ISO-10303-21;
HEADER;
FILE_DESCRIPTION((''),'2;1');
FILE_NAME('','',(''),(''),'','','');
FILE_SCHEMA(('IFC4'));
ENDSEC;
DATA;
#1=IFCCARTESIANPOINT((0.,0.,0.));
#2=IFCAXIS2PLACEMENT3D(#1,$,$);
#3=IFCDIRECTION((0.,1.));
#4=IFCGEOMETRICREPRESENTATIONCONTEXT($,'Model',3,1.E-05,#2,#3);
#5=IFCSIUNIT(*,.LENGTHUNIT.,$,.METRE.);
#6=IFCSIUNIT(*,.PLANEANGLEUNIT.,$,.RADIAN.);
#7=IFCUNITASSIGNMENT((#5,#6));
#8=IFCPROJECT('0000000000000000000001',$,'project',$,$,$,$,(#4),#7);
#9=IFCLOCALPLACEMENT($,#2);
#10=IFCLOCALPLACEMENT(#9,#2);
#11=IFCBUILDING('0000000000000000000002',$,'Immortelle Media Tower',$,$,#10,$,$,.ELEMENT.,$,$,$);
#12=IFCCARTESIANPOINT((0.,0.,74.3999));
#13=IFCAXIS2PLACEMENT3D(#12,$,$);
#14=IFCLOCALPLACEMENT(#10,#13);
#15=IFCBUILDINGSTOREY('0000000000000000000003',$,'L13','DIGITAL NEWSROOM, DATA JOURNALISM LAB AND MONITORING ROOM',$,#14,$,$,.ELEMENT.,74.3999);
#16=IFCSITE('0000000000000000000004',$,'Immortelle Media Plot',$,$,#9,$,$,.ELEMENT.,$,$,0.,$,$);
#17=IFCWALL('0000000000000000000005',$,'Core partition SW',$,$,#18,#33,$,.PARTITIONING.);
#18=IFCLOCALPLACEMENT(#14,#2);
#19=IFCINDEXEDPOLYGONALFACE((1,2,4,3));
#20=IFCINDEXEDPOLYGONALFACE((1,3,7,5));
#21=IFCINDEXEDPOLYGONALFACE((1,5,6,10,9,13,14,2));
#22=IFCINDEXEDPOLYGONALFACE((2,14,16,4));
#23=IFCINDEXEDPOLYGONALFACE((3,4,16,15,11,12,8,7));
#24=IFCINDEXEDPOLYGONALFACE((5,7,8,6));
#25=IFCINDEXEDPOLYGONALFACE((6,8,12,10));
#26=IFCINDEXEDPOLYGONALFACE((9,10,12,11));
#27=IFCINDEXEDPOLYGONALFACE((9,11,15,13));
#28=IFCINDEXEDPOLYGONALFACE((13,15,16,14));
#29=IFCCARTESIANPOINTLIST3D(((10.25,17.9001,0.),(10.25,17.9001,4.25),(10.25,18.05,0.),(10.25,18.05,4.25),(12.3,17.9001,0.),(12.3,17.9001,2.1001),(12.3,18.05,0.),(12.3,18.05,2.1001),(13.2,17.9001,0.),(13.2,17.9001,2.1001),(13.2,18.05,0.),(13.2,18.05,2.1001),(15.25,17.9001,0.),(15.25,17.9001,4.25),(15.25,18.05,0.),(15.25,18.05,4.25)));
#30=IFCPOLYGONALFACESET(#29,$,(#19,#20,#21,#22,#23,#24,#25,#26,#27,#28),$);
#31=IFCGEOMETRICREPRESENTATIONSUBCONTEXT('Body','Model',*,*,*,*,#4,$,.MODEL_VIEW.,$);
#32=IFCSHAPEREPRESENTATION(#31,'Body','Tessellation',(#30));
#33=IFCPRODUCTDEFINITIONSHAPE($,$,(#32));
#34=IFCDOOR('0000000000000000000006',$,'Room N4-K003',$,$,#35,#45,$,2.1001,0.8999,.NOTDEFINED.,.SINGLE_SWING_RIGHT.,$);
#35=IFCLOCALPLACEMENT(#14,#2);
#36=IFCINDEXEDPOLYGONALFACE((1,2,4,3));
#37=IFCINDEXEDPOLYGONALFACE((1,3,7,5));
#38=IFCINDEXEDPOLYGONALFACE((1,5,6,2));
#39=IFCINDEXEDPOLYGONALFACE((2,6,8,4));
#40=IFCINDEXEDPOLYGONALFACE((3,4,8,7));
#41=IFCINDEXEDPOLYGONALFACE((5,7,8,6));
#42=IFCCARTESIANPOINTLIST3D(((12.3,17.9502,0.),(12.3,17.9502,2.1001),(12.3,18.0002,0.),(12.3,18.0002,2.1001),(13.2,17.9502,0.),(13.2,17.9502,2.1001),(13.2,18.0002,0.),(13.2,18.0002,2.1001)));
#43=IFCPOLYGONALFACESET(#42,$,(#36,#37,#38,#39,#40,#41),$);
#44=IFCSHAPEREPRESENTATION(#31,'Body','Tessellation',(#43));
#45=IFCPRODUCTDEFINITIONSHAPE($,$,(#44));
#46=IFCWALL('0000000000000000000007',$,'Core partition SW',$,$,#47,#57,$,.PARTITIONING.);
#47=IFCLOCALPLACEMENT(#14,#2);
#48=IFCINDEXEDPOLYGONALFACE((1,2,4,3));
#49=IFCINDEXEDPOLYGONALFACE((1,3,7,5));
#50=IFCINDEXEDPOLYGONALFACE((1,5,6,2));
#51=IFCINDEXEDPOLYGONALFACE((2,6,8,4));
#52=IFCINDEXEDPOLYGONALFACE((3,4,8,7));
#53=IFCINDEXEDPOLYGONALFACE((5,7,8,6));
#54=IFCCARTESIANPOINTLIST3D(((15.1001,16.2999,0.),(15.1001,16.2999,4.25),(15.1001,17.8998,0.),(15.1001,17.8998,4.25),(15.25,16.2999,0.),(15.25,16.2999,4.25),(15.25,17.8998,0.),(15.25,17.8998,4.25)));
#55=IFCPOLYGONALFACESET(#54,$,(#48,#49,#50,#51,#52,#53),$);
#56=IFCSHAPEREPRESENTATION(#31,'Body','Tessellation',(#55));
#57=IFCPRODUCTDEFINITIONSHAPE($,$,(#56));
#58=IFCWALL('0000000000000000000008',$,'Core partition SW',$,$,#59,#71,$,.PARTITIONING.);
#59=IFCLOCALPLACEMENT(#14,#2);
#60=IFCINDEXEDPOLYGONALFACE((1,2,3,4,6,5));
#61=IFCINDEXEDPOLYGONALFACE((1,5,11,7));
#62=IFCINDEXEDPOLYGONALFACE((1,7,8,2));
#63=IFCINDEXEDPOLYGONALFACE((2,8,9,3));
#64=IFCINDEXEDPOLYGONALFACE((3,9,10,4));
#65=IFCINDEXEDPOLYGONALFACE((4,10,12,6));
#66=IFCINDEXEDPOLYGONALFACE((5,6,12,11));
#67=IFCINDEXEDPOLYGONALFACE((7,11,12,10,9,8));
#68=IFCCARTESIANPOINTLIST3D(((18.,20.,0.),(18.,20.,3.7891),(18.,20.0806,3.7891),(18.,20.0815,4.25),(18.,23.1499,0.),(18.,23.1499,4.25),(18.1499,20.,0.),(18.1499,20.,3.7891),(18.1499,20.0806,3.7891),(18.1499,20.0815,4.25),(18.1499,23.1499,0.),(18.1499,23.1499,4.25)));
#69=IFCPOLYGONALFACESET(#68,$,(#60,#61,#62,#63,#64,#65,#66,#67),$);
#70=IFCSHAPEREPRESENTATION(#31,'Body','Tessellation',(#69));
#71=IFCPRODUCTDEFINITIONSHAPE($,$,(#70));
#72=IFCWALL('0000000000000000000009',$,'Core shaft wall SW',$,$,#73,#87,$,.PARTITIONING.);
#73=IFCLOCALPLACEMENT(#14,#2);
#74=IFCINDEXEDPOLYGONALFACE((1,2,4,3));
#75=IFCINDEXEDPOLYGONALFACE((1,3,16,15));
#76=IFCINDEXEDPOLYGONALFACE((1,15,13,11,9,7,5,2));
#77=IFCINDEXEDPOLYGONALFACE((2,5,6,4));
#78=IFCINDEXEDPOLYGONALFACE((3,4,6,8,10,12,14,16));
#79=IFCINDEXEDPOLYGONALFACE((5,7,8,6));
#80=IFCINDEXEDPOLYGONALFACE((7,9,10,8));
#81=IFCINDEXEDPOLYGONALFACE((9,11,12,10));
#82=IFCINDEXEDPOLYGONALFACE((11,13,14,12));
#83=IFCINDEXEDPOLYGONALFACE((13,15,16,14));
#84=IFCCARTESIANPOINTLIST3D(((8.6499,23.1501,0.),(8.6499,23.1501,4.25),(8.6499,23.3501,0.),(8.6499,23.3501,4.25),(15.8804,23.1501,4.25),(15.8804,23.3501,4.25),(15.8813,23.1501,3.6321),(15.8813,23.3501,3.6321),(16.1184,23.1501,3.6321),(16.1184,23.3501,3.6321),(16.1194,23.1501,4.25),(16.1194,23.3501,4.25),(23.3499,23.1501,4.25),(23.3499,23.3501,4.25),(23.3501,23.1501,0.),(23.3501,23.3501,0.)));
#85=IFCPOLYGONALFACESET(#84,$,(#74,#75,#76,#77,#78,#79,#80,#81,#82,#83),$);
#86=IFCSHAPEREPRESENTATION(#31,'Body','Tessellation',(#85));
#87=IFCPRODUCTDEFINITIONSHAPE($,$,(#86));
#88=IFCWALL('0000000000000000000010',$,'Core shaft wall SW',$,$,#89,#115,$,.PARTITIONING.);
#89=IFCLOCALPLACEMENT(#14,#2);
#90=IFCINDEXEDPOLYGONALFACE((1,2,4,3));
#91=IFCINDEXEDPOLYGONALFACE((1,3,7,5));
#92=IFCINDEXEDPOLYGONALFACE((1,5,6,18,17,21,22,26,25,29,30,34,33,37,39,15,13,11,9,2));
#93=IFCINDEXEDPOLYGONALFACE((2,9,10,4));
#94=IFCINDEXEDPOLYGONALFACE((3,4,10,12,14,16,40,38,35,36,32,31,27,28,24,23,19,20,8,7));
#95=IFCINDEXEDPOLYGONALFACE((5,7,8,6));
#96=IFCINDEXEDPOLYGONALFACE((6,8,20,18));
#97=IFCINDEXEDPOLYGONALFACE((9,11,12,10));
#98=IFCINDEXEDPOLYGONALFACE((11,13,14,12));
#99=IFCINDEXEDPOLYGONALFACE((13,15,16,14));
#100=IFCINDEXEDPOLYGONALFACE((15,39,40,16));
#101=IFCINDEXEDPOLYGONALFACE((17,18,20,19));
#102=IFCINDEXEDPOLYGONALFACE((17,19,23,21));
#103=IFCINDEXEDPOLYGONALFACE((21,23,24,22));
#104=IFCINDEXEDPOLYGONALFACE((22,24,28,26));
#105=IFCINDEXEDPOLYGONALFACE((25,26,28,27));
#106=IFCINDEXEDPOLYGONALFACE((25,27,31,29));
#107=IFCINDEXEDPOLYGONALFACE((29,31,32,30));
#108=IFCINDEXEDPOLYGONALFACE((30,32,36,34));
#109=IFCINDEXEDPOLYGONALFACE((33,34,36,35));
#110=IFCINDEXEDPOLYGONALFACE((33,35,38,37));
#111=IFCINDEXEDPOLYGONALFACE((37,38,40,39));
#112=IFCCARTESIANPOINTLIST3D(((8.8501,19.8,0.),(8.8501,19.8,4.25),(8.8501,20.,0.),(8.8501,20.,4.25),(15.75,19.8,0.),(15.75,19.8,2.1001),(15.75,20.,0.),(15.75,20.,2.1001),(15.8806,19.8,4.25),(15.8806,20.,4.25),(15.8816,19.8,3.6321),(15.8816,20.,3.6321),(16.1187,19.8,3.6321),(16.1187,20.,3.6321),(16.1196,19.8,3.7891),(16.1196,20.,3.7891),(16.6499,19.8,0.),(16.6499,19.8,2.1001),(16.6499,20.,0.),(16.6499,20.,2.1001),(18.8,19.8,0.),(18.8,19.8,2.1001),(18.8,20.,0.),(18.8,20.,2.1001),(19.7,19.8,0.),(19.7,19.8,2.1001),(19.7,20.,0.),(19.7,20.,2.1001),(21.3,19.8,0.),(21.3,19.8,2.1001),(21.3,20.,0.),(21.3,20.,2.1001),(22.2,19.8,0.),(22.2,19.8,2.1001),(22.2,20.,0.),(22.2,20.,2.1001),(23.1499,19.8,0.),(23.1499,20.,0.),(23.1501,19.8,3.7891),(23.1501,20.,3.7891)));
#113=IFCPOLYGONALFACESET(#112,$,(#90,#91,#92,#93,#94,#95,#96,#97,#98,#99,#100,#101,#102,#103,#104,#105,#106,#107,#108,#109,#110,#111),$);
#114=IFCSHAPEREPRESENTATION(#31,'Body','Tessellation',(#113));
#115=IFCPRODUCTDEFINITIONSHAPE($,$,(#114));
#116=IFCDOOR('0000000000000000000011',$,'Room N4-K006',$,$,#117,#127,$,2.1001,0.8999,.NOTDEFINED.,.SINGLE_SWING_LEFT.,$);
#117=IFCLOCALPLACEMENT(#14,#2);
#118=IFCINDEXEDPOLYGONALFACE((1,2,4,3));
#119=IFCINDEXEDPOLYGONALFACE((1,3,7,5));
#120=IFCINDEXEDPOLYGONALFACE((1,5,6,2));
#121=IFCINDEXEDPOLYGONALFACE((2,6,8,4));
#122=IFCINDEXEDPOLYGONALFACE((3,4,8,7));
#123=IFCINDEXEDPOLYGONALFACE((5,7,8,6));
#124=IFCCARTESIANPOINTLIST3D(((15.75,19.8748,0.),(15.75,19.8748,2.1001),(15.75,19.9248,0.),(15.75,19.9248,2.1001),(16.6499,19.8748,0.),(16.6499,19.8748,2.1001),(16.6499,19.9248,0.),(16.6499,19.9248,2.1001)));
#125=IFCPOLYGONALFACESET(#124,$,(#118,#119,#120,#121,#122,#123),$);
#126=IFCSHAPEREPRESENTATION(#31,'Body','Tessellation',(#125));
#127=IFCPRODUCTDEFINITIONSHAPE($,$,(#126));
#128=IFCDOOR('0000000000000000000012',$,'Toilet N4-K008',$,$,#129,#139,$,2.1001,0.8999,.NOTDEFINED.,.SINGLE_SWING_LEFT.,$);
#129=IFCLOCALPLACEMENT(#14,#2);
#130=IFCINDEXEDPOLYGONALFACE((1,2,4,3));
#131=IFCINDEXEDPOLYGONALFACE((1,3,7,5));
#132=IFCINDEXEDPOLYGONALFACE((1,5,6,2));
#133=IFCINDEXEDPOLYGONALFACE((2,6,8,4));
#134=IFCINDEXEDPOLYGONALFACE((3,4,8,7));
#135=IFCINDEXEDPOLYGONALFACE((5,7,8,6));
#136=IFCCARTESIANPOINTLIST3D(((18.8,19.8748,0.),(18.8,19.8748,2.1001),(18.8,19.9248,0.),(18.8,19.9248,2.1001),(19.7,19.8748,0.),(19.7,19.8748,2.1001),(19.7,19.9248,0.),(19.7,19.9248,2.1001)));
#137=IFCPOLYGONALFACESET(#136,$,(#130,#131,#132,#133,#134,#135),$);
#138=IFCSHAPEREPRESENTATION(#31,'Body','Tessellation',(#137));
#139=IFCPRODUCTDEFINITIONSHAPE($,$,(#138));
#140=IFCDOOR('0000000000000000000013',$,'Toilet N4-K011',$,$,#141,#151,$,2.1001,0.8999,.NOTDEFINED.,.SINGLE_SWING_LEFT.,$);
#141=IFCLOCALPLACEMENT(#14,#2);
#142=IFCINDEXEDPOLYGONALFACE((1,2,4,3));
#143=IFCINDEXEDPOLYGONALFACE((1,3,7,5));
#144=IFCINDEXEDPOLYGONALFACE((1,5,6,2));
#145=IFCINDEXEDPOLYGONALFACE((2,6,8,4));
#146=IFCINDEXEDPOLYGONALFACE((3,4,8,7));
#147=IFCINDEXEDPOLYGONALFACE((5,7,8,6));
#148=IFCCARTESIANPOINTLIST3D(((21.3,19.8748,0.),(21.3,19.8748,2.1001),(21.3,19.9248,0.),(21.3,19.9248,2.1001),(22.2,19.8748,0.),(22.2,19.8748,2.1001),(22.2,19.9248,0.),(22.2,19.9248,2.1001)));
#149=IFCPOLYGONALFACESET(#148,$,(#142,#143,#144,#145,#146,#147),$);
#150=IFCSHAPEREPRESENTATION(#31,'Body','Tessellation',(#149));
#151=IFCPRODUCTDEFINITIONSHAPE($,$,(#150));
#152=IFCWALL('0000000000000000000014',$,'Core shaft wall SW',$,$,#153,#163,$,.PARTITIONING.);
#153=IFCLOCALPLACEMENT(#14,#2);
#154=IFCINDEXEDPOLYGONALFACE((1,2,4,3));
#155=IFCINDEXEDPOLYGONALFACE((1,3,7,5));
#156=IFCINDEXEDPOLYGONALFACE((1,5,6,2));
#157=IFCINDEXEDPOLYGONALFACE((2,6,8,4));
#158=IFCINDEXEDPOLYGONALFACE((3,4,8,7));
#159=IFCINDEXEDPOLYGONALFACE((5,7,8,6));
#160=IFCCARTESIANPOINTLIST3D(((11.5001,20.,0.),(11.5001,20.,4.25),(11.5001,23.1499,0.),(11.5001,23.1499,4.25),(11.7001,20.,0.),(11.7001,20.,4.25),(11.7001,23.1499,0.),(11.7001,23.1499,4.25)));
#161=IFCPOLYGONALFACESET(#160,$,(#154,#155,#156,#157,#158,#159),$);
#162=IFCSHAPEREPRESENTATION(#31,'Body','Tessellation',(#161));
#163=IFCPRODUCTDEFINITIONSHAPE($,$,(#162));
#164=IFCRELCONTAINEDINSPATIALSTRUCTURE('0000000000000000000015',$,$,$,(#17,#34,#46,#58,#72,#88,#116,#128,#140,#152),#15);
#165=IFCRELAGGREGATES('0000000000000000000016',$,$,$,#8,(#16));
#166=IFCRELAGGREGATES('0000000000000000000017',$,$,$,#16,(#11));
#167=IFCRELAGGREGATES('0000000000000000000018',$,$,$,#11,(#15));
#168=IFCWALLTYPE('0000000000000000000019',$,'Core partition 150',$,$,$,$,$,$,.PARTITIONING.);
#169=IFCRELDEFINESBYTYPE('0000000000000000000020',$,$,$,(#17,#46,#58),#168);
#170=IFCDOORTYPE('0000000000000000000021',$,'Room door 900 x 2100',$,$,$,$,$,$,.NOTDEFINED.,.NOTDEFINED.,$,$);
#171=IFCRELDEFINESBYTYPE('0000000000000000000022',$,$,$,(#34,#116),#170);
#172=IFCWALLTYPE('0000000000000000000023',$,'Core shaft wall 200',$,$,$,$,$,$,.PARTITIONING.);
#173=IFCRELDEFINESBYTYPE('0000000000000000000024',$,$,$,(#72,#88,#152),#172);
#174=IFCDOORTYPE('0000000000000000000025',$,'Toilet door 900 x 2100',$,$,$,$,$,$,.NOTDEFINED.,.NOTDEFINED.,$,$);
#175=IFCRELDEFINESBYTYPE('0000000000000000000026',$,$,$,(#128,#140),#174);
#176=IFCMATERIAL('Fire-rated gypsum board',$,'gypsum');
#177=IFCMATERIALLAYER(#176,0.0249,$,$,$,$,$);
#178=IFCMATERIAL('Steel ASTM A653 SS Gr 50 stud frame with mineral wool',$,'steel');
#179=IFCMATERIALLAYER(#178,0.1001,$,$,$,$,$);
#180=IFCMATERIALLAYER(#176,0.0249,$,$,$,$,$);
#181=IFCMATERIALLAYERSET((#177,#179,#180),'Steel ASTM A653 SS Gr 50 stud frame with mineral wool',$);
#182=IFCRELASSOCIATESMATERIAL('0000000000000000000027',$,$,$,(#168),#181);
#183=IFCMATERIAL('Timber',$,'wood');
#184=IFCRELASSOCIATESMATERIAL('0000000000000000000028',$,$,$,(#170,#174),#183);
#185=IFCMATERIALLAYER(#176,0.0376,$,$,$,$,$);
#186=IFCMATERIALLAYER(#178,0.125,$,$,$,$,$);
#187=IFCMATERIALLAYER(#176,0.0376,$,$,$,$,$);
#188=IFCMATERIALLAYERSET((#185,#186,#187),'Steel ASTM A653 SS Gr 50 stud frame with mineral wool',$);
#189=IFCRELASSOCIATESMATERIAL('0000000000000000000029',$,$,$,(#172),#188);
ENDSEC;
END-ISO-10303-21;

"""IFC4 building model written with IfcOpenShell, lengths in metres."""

from ifc_helpers import new_model, si_unit, direction, frame, frame_2d, origin, place, context, subcontext, project, spatial, polyline, rectangle, outline, extrude, material, layer, layer_set, type_object, element, fill, save


model = new_model("IFC4")

# Units and contexts
model_context = context("Model", 3, precision=1e-05, world=origin(), true_north=direction((0.0, 1.0)))
body_context = subcontext(model_context, "Body", "Model", "MODEL_VIEW")
ifc_project = project(units=[si_unit("LENGTHUNIT", "METRE"), si_unit("PLANEANGLEUNIT", "RADIAN")], contexts=[model_context])

# Site, building, storey
site_placement = place(None, origin())
site = spatial("IfcSite", under=ifc_project, at=site_placement, Name="Immortelle Media Plot", CompositionType="ELEMENT", RefElevation=0.0)
building_placement = place(site_placement, origin())
building = spatial("IfcBuilding", under=site, at=building_placement, Name="Immortelle Media Tower", CompositionType="ELEMENT")
storey_placement = place(building_placement, frame((0.0, 0.0, 74.3999)))
storey = spatial("IfcBuildingStorey", under=building, at=storey_placement, Name="L13", Description="DIGITAL NEWSROOM, DATA JOURNALISM LAB AND MONITORING ROOM", CompositionType="ELEMENT", Elevation=74.3999)

# Shared definitions
ifc_material_1 = material(Name="Fire-rated gypsum board", Category="gypsum")
ifc_layer_1 = layer(ifc_material_1, 0.0249)
ifc_material_2 = material(Name="Steel ASTM A653 SS Gr 50 stud frame with mineral wool", Category="steel")
ifc_layer_2 = layer(ifc_material_2, 0.1001)
ifc_layer_3 = layer(ifc_material_1, 0.0249)
ifc_layer_set_1 = layer_set([ifc_layer_1, ifc_layer_2, ifc_layer_3], Name="Steel ASTM A653 SS Gr 50 stud frame with mineral wool")
wall_type_1 = type_object("IfcWallType", Name="Core partition 150", PredefinedType="PARTITIONING", material=ifc_layer_set_1)

# Wall, opening, door
wall_1_placement = place(storey_placement, frame((10.25, 17.9751, 0.0), z_axis=(0.0, 0.0, 1.0), x_axis=(1.0, 0.0, 0.0)))
wall_1 = element("IfcWall", 1, at=wall_1_placement, inside=storey, type_object=wall_type_1, Name="Core partition SW", PredefinedType="PARTITIONING", context=body_context, shape_type="SweptSolid", body=[
    extrude(rectangle(XDim=5.0, YDim=0.1499, at=frame_2d((2.5, 0.0))), origin(), (0.0, 0.0, 1.0), 4.25),
])
opening_1_placement = place(wall_1_placement, frame((2.95, 0.0, 0.0), z_axis=(0.0, 0.0, 1.0), x_axis=(-1.0, 0.0, 0.0)))
opening_1 = element("IfcOpeningElement", 2, at=opening_1_placement, cuts=wall_1, PredefinedType="OPENING", context=body_context, shape_type="SweptSolid", body=[
    extrude(rectangle(XDim=0.8999, YDim=2.1001, at=frame_2d((0.45, 1.05))), frame((0.0, 0.085, 0.0), z_axis=(0.0, -1.0, 0.0), x_axis=(1.0, 0.0, 0.0)), (0.0, 0.0, 1.0), 0.1699),
])
ifc_material_3 = material(Name="Timber", Category="wood")
door_type_1 = type_object("IfcDoorType", Name="Room door 900 x 2100", OperationType="NOTDEFINED", PredefinedType="NOTDEFINED", material=ifc_material_3)
door_1_placement = place(opening_1_placement, origin())
door_1 = element("IfcDoor", 3, at=door_1_placement, inside=storey, type_object=door_type_1, Name="Room N4-K003", OperationType="SINGLE_SWING_RIGHT", OverallHeight=2.1001, OverallWidth=0.8999, PredefinedType="NOTDEFINED", context=body_context, shape_type="SweptSolid", body=[
    extrude(rectangle(XDim=0.8999, YDim=2.1001, at=frame_2d((0.45, 1.05))), frame((0.0, 0.0249, 0.0), z_axis=(0.0, -1.0, 0.0), x_axis=(1.0, 0.0, 0.0)), (0.0, 0.0, 1.0), 0.05),
])
fill(opening_1, door_1)

# Walls
wall_2_placement = place(storey_placement, frame((15.175, 16.3, 0.0), z_axis=(0.0, 0.0, 1.0), x_axis=(0.0, 1.0, 0.0)))
element("IfcWall", 4, at=wall_2_placement, inside=storey, type_object=wall_type_1, Name="Core partition SW", PredefinedType="PARTITIONING", context=body_context, shape_type="SweptSolid", body=[
    extrude(rectangle(XDim=1.5999, YDim=0.1499, at=frame_2d((0.7998, 0.0))), origin(), (0.0, 0.0, 1.0), 4.25),
])
wall_3_placement = place(storey_placement, frame((18.075, 20.0, 0.0), z_axis=(0.0, 0.0, 1.0), x_axis=(0.0, 1.0, 0.0)))
element("IfcWall", 5, at=wall_3_placement, inside=storey, type_object=wall_type_1, Name="Core partition SW", PredefinedType="PARTITIONING", context=body_context, shape_type="SweptSolid", body=[
    extrude(outline(polyline([(0.0, 0.0), (3.1499, 0.0), (3.1499, 4.25), (0.0815, 4.25), (0.0806, 3.7891), (0.0, 3.7891), (0.0, 0.0)])), frame((0.0, 0.075, 0.0), z_axis=(0.0, -1.0, 0.0), x_axis=(1.0, 0.0, 0.0)), (0.0, 0.0, 1.0), 0.1499),
])
ifc_layer_4 = layer(ifc_material_1, 0.0376)
ifc_layer_5 = layer(ifc_material_2, 0.125)
ifc_layer_6 = layer(ifc_material_1, 0.0376)
ifc_layer_set_2 = layer_set([ifc_layer_4, ifc_layer_5, ifc_layer_6], Name="Steel ASTM A653 SS Gr 50 stud frame with mineral wool")
wall_type_2 = type_object("IfcWallType", Name="Core shaft wall 200", PredefinedType="PARTITIONING", material=ifc_layer_set_2)
wall_4_placement = place(storey_placement, frame((8.6499, 23.25, 0.0), z_axis=(0.0, 0.0, 1.0), x_axis=(1.0, 0.0, 0.0)))
element("IfcWall", 6, at=wall_4_placement, inside=storey, type_object=wall_type_2, Name="Core shaft wall SW", PredefinedType="PARTITIONING", context=body_context, shape_type="SweptSolid", body=[
    extrude(outline(polyline([(0.0, 0.0), (14.7002, 0.0), (14.7, 4.25), (7.4695, 4.25), (7.4685, 3.6321), (7.2314, 3.6321), (7.2305, 4.25), (0.0, 4.25), (0.0, 0.0)])), frame((0.0, 0.1001, 0.0), z_axis=(0.0, -1.0, 0.0), x_axis=(1.0, 0.0, 0.0)), (0.0, 0.0, 1.0), 0.2),
])

# Wall, openings, doors
wall_5_placement = place(storey_placement, frame((8.8501, 19.8999, 0.0), z_axis=(0.0, 0.0, 1.0), x_axis=(1.0, 0.0, 0.0)))
wall_5 = element("IfcWall", 7, at=wall_5_placement, inside=storey, type_object=wall_type_2, Name="Core shaft wall SW", PredefinedType="PARTITIONING", context=body_context, shape_type="SweptSolid", body=[
    extrude(outline(polyline([(0.0, 0.0), (14.2998, 0.0), (14.3, 3.7891), (7.2695, 3.7891), (7.2686, 3.6321), (7.0315, 3.6321), (7.0305, 4.25), (0.0, 4.25), (0.0, 0.0)])), frame((0.0, 0.1001, 0.0), z_axis=(0.0, -1.0, 0.0), x_axis=(1.0, 0.0, 0.0)), (0.0, 0.0, 1.0), 0.2),
])
opening_2_placement = place(wall_5_placement, frame((6.8999, 0.0, 0.0)))
opening_2 = element("IfcOpeningElement", 8, at=opening_2_placement, cuts=wall_5, PredefinedType="OPENING", context=body_context, shape_type="SweptSolid", body=[
    extrude(rectangle(XDim=0.8999, YDim=2.1001, at=frame_2d((0.45, 1.05))), frame((0.0, 0.1099, 0.0), z_axis=(0.0, -1.0, 0.0), x_axis=(1.0, 0.0, 0.0)), (0.0, 0.0, 1.0), 0.22),
])
opening_3_placement = place(wall_5_placement, frame((9.95, 0.0, 0.0)))
opening_3 = element("IfcOpeningElement", 9, at=opening_3_placement, cuts=wall_5, PredefinedType="OPENING", context=body_context, shape_type="SweptSolid", body=[
    extrude(rectangle(XDim=0.8999, YDim=2.1001, at=frame_2d((0.45, 1.05))), frame((0.0, 0.1099, 0.0), z_axis=(0.0, -1.0, 0.0), x_axis=(1.0, 0.0, 0.0)), (0.0, 0.0, 1.0), 0.22),
])
opening_4_placement = place(wall_5_placement, frame((12.45, 0.0, 0.0)))
opening_4 = element("IfcOpeningElement", 10, at=opening_4_placement, cuts=wall_5, PredefinedType="OPENING", context=body_context, shape_type="SweptSolid", body=[
    extrude(rectangle(XDim=0.8999, YDim=2.1001, at=frame_2d((0.45, 1.05))), frame((0.0, 0.1099, 0.0), z_axis=(0.0, -1.0, 0.0), x_axis=(1.0, 0.0, 0.0)), (0.0, 0.0, 1.0), 0.22),
])
door_2_placement = place(opening_2_placement, origin())
door_2 = element("IfcDoor", 11, at=door_2_placement, inside=storey, type_object=door_type_1, Name="Room N4-K006", OperationType="SINGLE_SWING_LEFT", OverallHeight=2.1001, OverallWidth=0.8999, PredefinedType="NOTDEFINED", context=body_context, shape_type="SweptSolid", body=[
    extrude(rectangle(XDim=0.8999, YDim=2.1001, at=frame_2d((0.45, 1.05))), frame((0.0, 0.0249, 0.0), z_axis=(0.0, -1.0, 0.0), x_axis=(1.0, 0.0, 0.0)), (0.0, 0.0, 1.0), 0.05),
])
fill(opening_2, door_2)
door_type_2 = type_object("IfcDoorType", Name="Toilet door 900 x 2100", OperationType="NOTDEFINED", PredefinedType="NOTDEFINED", material=ifc_material_3)
door_3_placement = place(opening_3_placement, origin())
door_3 = element("IfcDoor", 12, at=door_3_placement, inside=storey, type_object=door_type_2, Name="Toilet N4-K008", OperationType="SINGLE_SWING_LEFT", OverallHeight=2.1001, OverallWidth=0.8999, PredefinedType="NOTDEFINED", context=body_context, shape_type="SweptSolid", body=[
    extrude(rectangle(XDim=0.8999, YDim=2.1001, at=frame_2d((0.45, 1.05))), frame((0.0, 0.0249, 0.0), z_axis=(0.0, -1.0, 0.0), x_axis=(1.0, 0.0, 0.0)), (0.0, 0.0, 1.0), 0.05),
])
fill(opening_3, door_3)
door_4_placement = place(opening_4_placement, origin())
door_4 = element("IfcDoor", 13, at=door_4_placement, inside=storey, type_object=door_type_2, Name="Toilet N4-K011", OperationType="SINGLE_SWING_LEFT", OverallHeight=2.1001, OverallWidth=0.8999, PredefinedType="NOTDEFINED", context=body_context, shape_type="SweptSolid", body=[
    extrude(rectangle(XDim=0.8999, YDim=2.1001, at=frame_2d((0.45, 1.05))), frame((0.0, 0.0249, 0.0), z_axis=(0.0, -1.0, 0.0), x_axis=(1.0, 0.0, 0.0)), (0.0, 0.0, 1.0), 0.05),
])
fill(opening_4, door_4)

# Wall
for number, where, z_axis, x_axis, name in (
    (14, (11.6001, 20.0, 0.0), (0.0, 0.0, 1.0), (0.0, 1.0, 0.0), "Core shaft wall SW"),
):
    element("IfcWall", number, at=place(storey_placement, frame(where, z_axis=z_axis, x_axis=x_axis)), inside=storey, type_object=wall_type_2, Name=name, PredefinedType="PARTITIONING", context=body_context, shape_type="SweptSolid", body=[
        extrude(rectangle(XDim=3.1499, YDim=0.2, at=frame_2d((1.575, 0.0))), origin(), (0.0, 0.0, 1.0), 4.25),
    ])

save(model, "model.ifc")
